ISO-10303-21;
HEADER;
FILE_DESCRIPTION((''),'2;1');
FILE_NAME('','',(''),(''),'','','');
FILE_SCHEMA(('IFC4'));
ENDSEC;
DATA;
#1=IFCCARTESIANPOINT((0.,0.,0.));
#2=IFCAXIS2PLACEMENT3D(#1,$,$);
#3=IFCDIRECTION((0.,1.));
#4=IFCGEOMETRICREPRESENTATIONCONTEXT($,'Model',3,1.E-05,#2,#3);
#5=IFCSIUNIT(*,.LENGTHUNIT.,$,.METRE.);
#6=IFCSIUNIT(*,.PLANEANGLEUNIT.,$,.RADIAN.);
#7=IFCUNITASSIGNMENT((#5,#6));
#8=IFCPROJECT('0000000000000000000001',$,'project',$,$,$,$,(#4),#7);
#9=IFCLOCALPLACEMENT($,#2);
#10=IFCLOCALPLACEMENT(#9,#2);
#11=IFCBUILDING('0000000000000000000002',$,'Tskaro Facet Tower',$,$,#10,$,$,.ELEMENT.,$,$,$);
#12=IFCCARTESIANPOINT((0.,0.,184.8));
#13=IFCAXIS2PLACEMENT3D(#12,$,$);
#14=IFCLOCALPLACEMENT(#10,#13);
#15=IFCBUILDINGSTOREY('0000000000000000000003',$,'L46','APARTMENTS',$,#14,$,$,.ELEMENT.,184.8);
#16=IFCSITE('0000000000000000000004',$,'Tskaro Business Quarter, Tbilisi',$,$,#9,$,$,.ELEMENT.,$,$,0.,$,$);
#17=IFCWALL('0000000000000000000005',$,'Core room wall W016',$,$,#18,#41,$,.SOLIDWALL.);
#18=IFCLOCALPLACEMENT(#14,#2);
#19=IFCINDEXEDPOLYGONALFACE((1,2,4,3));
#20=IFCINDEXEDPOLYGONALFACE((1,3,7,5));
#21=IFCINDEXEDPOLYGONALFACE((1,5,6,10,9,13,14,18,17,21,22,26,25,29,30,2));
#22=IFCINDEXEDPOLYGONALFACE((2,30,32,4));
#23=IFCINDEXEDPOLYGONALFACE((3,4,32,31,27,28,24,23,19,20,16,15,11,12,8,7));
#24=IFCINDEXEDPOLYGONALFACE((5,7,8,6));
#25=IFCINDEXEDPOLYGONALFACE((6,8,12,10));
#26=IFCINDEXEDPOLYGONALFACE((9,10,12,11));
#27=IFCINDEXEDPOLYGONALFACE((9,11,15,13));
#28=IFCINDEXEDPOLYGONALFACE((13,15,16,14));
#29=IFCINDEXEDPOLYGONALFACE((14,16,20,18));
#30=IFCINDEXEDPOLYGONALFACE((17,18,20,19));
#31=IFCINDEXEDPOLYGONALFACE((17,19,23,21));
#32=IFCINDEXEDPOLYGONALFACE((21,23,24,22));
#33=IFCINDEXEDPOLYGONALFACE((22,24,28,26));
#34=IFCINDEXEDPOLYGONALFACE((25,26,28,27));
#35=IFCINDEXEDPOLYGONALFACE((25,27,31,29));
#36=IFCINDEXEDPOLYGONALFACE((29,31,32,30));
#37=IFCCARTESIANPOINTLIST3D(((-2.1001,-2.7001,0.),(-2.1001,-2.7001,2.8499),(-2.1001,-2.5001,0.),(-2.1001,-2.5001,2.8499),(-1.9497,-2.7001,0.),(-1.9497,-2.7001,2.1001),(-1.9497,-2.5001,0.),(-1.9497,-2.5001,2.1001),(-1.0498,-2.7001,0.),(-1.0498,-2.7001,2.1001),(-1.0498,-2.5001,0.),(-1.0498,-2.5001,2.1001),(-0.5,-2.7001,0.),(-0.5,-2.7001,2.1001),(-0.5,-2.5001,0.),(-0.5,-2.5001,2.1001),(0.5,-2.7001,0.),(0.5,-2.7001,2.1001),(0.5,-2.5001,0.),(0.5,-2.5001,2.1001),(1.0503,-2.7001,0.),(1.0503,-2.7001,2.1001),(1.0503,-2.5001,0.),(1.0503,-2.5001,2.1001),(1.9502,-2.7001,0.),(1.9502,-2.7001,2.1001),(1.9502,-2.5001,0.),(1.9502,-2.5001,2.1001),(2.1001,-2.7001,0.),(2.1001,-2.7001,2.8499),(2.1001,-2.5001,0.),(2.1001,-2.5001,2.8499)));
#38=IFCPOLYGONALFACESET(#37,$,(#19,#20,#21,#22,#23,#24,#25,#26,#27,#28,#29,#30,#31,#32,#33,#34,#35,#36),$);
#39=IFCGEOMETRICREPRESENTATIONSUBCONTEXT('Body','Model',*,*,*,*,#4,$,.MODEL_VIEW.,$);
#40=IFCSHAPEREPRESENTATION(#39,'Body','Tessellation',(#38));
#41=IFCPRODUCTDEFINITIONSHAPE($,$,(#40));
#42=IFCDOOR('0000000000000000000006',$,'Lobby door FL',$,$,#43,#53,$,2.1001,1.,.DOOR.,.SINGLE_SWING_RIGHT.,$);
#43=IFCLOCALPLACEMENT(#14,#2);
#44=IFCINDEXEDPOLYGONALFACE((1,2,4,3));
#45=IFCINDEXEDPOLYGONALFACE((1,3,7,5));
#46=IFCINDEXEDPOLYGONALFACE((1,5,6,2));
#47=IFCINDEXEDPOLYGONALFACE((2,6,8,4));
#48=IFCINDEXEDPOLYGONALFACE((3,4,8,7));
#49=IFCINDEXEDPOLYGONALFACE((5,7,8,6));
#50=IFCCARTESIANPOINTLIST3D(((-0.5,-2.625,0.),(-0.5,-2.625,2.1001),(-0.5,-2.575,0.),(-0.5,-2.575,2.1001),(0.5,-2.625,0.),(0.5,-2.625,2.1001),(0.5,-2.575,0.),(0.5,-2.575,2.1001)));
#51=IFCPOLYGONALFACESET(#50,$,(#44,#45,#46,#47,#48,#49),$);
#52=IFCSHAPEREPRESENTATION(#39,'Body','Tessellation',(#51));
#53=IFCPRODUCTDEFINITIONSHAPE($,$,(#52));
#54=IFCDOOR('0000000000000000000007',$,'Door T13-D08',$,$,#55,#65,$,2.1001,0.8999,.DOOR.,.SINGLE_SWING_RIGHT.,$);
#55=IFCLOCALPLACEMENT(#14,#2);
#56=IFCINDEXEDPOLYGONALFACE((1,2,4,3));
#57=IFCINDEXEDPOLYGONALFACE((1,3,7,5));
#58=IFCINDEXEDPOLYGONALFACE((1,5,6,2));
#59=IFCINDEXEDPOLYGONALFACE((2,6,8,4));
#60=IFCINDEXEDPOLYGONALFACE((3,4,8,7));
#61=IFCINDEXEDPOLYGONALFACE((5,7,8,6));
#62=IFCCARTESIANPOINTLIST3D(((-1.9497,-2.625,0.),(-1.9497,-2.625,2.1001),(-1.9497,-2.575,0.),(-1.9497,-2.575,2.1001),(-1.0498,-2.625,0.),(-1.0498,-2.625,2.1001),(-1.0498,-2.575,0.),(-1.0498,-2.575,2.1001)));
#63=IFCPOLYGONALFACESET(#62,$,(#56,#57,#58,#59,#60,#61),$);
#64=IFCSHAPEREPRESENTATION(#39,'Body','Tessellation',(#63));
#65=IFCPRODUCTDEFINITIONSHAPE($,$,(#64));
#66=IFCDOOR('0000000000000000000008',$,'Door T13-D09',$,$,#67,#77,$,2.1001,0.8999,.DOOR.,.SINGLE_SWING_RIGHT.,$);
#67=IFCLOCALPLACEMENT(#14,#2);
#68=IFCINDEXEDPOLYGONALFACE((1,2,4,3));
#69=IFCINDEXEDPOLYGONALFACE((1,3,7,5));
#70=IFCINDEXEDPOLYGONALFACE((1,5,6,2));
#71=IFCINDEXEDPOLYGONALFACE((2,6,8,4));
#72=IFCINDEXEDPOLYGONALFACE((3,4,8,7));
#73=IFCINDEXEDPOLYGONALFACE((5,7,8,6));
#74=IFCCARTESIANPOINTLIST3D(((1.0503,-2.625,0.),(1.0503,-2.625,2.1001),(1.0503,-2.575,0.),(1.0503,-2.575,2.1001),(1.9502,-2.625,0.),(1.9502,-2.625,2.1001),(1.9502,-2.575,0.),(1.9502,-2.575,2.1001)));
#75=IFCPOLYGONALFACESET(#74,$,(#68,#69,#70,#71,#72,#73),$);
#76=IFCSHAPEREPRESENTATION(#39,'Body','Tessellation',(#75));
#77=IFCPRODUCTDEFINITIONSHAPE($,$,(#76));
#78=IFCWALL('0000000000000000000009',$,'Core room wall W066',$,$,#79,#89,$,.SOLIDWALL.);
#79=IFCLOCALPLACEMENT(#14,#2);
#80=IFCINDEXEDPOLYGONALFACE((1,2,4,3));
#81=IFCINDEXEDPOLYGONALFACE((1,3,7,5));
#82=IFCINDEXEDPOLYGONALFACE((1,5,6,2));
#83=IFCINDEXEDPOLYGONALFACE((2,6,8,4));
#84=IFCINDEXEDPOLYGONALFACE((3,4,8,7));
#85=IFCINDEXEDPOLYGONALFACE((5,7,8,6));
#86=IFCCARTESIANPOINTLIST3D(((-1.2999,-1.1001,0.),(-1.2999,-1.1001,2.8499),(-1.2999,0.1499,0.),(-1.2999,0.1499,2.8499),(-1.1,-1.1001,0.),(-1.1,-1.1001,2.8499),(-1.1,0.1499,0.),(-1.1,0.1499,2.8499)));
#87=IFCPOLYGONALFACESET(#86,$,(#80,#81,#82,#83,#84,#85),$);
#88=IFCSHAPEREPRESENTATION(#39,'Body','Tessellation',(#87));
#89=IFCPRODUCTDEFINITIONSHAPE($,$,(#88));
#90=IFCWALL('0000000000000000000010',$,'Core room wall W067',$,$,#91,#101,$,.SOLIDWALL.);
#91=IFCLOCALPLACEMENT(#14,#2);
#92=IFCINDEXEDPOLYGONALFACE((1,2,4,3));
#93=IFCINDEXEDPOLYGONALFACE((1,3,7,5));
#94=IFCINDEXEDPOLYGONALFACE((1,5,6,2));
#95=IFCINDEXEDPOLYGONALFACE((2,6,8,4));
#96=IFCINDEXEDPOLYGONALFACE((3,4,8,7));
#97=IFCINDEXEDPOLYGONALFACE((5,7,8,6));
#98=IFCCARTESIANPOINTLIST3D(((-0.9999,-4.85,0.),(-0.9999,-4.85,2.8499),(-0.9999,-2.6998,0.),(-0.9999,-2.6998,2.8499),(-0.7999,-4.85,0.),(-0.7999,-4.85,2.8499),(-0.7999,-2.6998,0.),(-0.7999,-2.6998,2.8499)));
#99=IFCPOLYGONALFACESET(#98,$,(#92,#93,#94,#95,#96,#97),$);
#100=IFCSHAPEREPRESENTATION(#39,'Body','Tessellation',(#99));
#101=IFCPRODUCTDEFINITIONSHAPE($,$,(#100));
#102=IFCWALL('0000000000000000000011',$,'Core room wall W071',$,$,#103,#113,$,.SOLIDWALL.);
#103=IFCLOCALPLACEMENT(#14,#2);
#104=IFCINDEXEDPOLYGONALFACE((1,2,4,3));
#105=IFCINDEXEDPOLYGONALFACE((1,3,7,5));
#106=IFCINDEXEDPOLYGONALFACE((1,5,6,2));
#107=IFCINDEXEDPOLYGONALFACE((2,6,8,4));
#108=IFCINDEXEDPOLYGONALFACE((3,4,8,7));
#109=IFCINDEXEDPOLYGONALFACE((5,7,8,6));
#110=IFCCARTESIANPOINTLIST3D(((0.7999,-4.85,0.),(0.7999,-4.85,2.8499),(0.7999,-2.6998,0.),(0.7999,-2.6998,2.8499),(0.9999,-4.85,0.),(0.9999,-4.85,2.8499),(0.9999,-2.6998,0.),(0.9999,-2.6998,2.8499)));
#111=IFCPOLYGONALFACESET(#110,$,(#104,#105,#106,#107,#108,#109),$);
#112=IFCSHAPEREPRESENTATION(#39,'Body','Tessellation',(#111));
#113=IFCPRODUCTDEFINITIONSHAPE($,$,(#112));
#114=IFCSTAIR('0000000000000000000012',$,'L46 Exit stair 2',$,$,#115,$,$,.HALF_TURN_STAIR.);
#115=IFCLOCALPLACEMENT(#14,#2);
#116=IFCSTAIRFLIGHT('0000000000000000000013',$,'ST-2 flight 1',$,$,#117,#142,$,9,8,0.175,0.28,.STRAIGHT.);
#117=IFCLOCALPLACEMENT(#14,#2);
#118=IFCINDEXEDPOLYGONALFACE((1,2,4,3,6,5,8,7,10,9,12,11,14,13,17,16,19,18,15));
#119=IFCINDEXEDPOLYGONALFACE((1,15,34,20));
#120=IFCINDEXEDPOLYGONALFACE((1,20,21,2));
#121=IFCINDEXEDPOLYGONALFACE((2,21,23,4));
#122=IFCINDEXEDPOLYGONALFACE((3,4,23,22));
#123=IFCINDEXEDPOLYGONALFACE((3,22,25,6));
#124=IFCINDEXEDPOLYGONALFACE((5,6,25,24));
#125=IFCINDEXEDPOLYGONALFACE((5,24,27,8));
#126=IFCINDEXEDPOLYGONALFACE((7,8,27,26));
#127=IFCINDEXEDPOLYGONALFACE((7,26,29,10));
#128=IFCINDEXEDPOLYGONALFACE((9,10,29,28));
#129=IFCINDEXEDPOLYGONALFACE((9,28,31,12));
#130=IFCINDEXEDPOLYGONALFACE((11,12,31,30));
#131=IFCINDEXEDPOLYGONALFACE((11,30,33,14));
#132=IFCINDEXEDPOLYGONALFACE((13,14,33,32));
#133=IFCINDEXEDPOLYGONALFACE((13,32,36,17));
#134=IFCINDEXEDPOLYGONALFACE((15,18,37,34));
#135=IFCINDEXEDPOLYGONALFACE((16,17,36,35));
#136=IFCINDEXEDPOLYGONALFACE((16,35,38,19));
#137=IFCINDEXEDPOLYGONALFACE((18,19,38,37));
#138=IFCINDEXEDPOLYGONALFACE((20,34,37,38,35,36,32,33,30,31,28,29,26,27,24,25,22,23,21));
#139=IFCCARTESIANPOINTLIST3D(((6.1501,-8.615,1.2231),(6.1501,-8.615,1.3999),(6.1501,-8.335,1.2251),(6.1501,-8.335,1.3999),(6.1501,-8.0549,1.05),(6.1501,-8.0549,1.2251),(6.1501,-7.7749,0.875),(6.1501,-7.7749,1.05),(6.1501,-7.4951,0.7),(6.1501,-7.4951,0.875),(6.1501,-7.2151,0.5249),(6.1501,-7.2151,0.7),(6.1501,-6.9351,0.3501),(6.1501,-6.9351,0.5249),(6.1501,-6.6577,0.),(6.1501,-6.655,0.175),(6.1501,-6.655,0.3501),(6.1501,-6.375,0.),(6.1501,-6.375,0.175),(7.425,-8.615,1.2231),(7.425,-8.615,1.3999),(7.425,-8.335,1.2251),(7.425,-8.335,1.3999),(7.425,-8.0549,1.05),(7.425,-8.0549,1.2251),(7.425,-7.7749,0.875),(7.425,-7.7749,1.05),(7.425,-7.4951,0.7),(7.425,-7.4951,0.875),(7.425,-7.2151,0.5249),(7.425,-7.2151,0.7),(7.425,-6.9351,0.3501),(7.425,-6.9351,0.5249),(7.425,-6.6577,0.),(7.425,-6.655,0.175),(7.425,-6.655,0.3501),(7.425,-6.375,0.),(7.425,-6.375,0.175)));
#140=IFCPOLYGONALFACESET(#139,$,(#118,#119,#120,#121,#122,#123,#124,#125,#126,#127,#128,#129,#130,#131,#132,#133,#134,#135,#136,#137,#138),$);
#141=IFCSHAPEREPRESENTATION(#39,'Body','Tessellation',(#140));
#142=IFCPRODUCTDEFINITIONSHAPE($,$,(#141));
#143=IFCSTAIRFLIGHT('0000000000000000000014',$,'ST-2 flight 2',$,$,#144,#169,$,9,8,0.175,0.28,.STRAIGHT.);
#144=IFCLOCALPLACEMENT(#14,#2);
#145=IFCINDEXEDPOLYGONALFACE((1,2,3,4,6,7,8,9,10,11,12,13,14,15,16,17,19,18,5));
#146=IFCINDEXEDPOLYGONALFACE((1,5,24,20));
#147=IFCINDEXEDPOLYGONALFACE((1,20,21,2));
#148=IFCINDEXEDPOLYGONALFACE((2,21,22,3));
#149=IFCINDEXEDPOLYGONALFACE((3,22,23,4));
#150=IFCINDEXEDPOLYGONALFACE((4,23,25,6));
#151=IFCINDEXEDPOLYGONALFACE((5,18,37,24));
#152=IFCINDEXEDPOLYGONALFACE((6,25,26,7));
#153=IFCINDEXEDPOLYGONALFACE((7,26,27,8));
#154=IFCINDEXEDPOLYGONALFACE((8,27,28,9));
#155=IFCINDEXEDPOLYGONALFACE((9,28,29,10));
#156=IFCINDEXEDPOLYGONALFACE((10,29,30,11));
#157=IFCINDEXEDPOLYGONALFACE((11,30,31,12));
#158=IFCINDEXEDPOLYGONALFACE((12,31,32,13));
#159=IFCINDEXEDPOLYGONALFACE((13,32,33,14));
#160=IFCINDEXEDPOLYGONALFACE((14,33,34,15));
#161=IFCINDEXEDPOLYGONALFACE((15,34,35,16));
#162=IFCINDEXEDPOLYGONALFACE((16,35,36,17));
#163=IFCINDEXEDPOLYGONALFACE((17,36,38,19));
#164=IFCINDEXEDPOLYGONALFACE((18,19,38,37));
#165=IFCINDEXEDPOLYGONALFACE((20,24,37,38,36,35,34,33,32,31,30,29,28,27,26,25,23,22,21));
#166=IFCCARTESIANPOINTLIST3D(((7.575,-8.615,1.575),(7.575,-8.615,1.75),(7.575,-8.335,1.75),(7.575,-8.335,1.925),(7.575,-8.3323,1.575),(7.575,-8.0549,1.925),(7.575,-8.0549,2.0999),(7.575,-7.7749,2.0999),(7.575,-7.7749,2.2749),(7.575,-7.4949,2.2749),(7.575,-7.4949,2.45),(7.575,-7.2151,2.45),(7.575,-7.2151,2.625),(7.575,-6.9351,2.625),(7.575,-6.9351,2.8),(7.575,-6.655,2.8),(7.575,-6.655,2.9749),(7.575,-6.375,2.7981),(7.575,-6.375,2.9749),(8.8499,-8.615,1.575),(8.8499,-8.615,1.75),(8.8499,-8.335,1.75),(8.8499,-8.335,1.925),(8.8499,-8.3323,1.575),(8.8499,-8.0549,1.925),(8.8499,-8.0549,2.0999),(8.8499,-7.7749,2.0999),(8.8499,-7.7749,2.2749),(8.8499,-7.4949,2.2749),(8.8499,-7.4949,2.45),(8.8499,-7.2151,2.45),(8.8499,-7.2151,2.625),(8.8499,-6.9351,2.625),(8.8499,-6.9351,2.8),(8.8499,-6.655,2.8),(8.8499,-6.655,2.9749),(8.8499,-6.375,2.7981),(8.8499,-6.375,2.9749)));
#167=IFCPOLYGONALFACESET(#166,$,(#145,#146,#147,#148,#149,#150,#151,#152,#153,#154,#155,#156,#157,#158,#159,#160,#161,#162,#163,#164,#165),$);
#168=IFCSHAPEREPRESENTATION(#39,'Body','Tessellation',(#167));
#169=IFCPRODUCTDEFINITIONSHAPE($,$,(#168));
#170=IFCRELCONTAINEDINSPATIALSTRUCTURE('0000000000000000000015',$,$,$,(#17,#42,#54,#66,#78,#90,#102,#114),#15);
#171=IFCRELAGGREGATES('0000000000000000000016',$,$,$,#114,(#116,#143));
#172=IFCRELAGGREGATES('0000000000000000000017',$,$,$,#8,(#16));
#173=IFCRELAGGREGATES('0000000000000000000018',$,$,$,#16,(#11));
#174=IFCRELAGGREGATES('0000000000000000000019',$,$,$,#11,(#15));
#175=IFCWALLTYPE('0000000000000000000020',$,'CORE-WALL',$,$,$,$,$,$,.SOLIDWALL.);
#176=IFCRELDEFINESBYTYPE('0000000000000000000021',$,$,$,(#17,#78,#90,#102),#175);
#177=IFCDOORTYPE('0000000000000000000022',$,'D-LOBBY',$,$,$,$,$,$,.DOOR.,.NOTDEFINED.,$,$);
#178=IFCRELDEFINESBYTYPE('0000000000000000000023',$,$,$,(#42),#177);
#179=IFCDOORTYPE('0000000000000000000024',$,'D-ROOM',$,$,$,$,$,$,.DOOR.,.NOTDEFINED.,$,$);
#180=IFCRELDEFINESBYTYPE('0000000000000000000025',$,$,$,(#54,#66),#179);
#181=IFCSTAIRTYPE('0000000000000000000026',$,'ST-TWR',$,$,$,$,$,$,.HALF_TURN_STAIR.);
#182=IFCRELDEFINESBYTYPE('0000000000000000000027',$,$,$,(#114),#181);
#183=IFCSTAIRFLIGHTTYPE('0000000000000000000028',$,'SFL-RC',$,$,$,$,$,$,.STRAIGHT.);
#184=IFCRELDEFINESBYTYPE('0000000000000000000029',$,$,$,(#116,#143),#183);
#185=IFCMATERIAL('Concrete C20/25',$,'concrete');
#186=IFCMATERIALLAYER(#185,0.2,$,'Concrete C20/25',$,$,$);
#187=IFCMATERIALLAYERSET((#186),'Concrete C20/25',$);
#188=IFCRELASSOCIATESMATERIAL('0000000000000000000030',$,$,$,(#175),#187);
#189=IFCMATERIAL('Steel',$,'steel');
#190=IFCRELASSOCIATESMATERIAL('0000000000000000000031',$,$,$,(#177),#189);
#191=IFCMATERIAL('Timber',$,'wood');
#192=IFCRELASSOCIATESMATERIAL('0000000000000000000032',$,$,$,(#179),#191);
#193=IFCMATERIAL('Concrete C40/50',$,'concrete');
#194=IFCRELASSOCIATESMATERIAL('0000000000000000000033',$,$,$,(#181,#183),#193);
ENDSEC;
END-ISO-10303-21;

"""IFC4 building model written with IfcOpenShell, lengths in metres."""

from ifc_helpers import new_model, si_unit, direction, frame, frame_2d, origin, place, context, subcontext, project, spatial, polyline, rectangle, outline, extrude, material, layer, layer_set, type_object, element, fill, aggregate, save


model = new_model("IFC4")

# Units and contexts
model_context = context("Model", 3, precision=1e-05, world=origin(), true_north=direction((0.0, 1.0)))
body_context = subcontext(model_context, "Body", "Model", "MODEL_VIEW")
ifc_project = project(units=[si_unit("LENGTHUNIT", "METRE"), si_unit("PLANEANGLEUNIT", "RADIAN")], contexts=[model_context])

# Site, building, storey
site_placement = place(None, origin())
site = spatial("IfcSite", under=ifc_project, at=site_placement, Name="Tskaro Business Quarter, Tbilisi", CompositionType="ELEMENT", RefElevation=0.0)
building_placement = place(site_placement, origin())
building = spatial("IfcBuilding", under=site, at=building_placement, Name="Tskaro Facet Tower", CompositionType="ELEMENT")
storey_placement = place(building_placement, frame((0.0, 0.0, 184.8)))
storey = spatial("IfcBuildingStorey", under=building, at=storey_placement, Name="L46", Description="APARTMENTS", CompositionType="ELEMENT", Elevation=184.8)

# Shared definitions
ifc_material_1 = material(Name="Steel", Category="steel")

# Shared definitions
ifc_material_2 = material(Name="Concrete C20/25", Category="concrete")
ifc_layer_1 = layer(ifc_material_2, 0.2, Name="Concrete C20/25")
ifc_layer_set_1 = layer_set([ifc_layer_1], Name="Concrete C20/25")
wall_type_1 = type_object("IfcWallType", Name="CORE-WALL", PredefinedType="SOLIDWALL", material=ifc_layer_set_1)

# Wall, openings, doors
wall_1_placement = place(storey_placement, frame((2.1001, -2.6001, 0.0), z_axis=(0.0, 0.0, 1.0), x_axis=(-1.0, 0.0, 0.0)))
wall_1 = element("IfcWall", 1, at=wall_1_placement, inside=storey, type_object=wall_type_1, Name="Core room wall W016", PredefinedType="SOLIDWALL", context=body_context, shape_type="SweptSolid", body=[
    extrude(rectangle(XDim=4.2002, YDim=0.2, at=frame_2d((2.1001, 0.0))), origin(), (0.0, 0.0, 1.0), 2.8499),
])
opening_1_placement = place(wall_1_placement, frame((1.6001, 0.0, 0.0)))
opening_1 = element("IfcOpeningElement", 2, at=opening_1_placement, cuts=wall_1, PredefinedType="OPENING", context=body_context, shape_type="SweptSolid", body=[
    extrude(rectangle(XDim=1.0, YDim=2.1001, at=frame_2d((0.5, 1.05))), frame((0.0, 0.1099, 0.0), z_axis=(0.0, -1.0, 0.0), x_axis=(1.0, 0.0, 0.0)), (0.0, 0.0, 1.0), 0.22),
])
opening_2_placement = place(wall_1_placement, frame((3.1499, 0.0, 0.0)))
opening_2 = element("IfcOpeningElement", 3, at=opening_2_placement, cuts=wall_1, PredefinedType="OPENING", context=body_context, shape_type="SweptSolid", body=[
    extrude(rectangle(XDim=0.8999, YDim=2.1001, at=frame_2d((0.45, 1.05))), frame((0.0, 0.1099, 0.0), z_axis=(0.0, -1.0, 0.0), x_axis=(1.0, 0.0, 0.0)), (0.0, 0.0, 1.0), 0.22),
])
opening_3_placement = place(wall_1_placement, frame((0.1499, 0.0, 0.0)))
opening_3 = element("IfcOpeningElement", 4, at=opening_3_placement, cuts=wall_1, PredefinedType="OPENING", context=body_context, shape_type="SweptSolid", body=[
    extrude(rectangle(XDim=0.8999, YDim=2.1001, at=frame_2d((0.45, 1.05))), frame((0.0, 0.1099, 0.0), z_axis=(0.0, -1.0, 0.0), x_axis=(1.0, 0.0, 0.0)), (0.0, 0.0, 1.0), 0.22),
])
door_type_1 = type_object("IfcDoorType", Name="D-LOBBY", OperationType="NOTDEFINED", PredefinedType="DOOR", material=ifc_material_1)
door_1_placement = place(opening_1_placement, origin())
door_1 = element("IfcDoor", 5, at=door_1_placement, inside=storey, type_object=door_type_1, Name="Lobby door FL", OperationType="SINGLE_SWING_RIGHT", OverallHeight=2.1001, OverallWidth=1.0, PredefinedType="DOOR", context=body_context, shape_type="SweptSolid", body=[
    extrude(rectangle(XDim=1.0, YDim=2.1001, at=frame_2d((0.5, 1.05))), frame((0.0, 0.0249, 0.0), z_axis=(0.0, -1.0, 0.0), x_axis=(1.0, 0.0, 0.0)), (0.0, 0.0, 1.0), 0.05),
])
fill(opening_1, door_1)
ifc_material_3 = material(Name="Timber", Category="wood")
door_type_2 = type_object("IfcDoorType", Name="D-ROOM", OperationType="NOTDEFINED", PredefinedType="DOOR", material=ifc_material_3)
door_2_placement = place(opening_2_placement, origin())
door_2 = element("IfcDoor", 6, at=door_2_placement, inside=storey, type_object=door_type_2, Name="Door T13-D08", OperationType="SINGLE_SWING_RIGHT", OverallHeight=2.1001, OverallWidth=0.8999, PredefinedType="DOOR", context=body_context, shape_type="SweptSolid", body=[
    extrude(rectangle(XDim=0.8999, YDim=2.1001, at=frame_2d((0.45, 1.05))), frame((0.0, 0.0249, 0.0), z_axis=(0.0, -1.0, 0.0), x_axis=(1.0, 0.0, 0.0)), (0.0, 0.0, 1.0), 0.05),
])
fill(opening_2, door_2)
door_3_placement = place(opening_3_placement, origin())
door_3 = element("IfcDoor", 7, at=door_3_placement, inside=storey, type_object=door_type_2, Name="Door T13-D09", OperationType="SINGLE_SWING_RIGHT", OverallHeight=2.1001, OverallWidth=0.8999, PredefinedType="DOOR", context=body_context, shape_type="SweptSolid", body=[
    extrude(rectangle(XDim=0.8999, YDim=2.1001, at=frame_2d((0.45, 1.05))), frame((0.0, 0.0249, 0.0), z_axis=(0.0, -1.0, 0.0), x_axis=(1.0, 0.0, 0.0)), (0.0, 0.0, 1.0), 0.05),
])
fill(opening_3, door_3)

# Walls
wall_2_placement = place(storey_placement, frame((-1.2, -1.1001, 0.0), z_axis=(0.0, 0.0, 1.0), x_axis=(0.0, 1.0, 0.0)))
element("IfcWall", 8, at=wall_2_placement, inside=storey, type_object=wall_type_1, Name="Core room wall W066", PredefinedType="SOLIDWALL", context=body_context, shape_type="SweptSolid", body=[
    extrude(rectangle(XDim=1.25, YDim=0.2, at=frame_2d((0.625, 0.0))), origin(), (0.0, 0.0, 1.0), 2.8499),
])
for number, where, z_axis, x_axis, name in (
    (9, (-0.8999, -4.8501, 0.0), (0.0, 0.0, 1.0), (0.0, 1.0, 0.0), "Core room wall W067"),
    (10, (0.8999, -4.8501, 0.0), (0.0, 0.0, 1.0), (0.0, 1.0, 0.0), "Core room wall W071"),
):
    element("IfcWall", number, at=place(storey_placement, frame(where, z_axis=z_axis, x_axis=x_axis)), inside=storey, type_object=wall_type_1, Name=name, PredefinedType="SOLIDWALL", context=body_context, shape_type="SweptSolid", body=[
        extrude(rectangle(XDim=2.1501, YDim=0.2, at=frame_2d((1.0752, 0.0))), origin(), (0.0, 0.0, 1.0), 2.8499),
    ])

# Stair, stair flights
ifc_material_4 = material(Name="Concrete C40/50", Category="concrete")
stair_type = type_object("IfcStairType", Name="ST-TWR", PredefinedType="HALF_TURN_STAIR", material=ifc_material_4)
stair_placement = place(storey_placement, origin())
stair = element("IfcStair", 11, at=stair_placement, inside=storey, type_object=stair_type, Name="L46 Exit stair 2", PredefinedType="HALF_TURN_STAIR")
stair_flight_type = type_object("IfcStairFlightType", Name="SFL-RC", PredefinedType="STRAIGHT", material=ifc_material_4)
stair_flight_1_placement = place(storey_placement, frame((6.7876, -6.375, 0.0), z_axis=(0.0, 0.0, 1.0), x_axis=(0.0, -1.0, 0.0)))
stair_flight_1 = element("IfcStairFlight", 12, at=stair_flight_1_placement, type_object=stair_flight_type, Name="ST-2 flight 1", NumberOfRisers=9, NumberOfTreads=8, PredefinedType="STRAIGHT", RiserHeight=0.175, TreadLength=0.28, context=body_context, shape_type="SweptSolid", body=[
    extrude(outline(polyline([(0.0, 0.0), (0.0, 0.175), (0.28, 0.175), (0.28, 0.3501), (0.5601, 0.3501), (0.5601, 0.5249), (0.8401, 0.5249), (0.8401, 0.7), (1.1201, 0.7), (1.1201, 0.875), (1.3999, 0.875), (1.3999, 1.05), (1.6799, 1.05), (1.6799, 1.2251), (1.96, 1.2251), (1.96, 1.3999), (2.24, 1.3999), (2.24, 1.575), (2.24, 1.2231), (0.2827, 0.0), (0.0, 0.0)])), frame((0.0, 0.6375, 0.0), z_axis=(0.0, -1.0, 0.0), x_axis=(1.0, 0.0, 0.0)), (0.0, 0.0, 1.0), 1.2749),
])
stair_flight_2_placement = place(storey_placement, frame((8.2124, -8.615, 1.575), z_axis=(0.0, 0.0, 1.0), x_axis=(0.0, 1.0, 0.0)))
stair_flight_2 = element("IfcStairFlight", 13, at=stair_flight_2_placement, type_object=stair_flight_type, Name="ST-2 flight 2", NumberOfRisers=9, NumberOfTreads=8, PredefinedType="STRAIGHT", RiserHeight=0.175, TreadLength=0.28, context=body_context, shape_type="SweptSolid", body=[
    extrude(outline(polyline([(0.0, 0.0), (0.0, 0.175), (0.28, 0.175), (0.28, 0.3501), (0.5601, 0.3501), (0.5601, 0.5249), (0.8401, 0.5249), (0.8401, 0.7), (1.1201, 0.7), (1.1201, 0.875), (1.3999, 0.875), (1.3999, 1.05), (1.6799, 1.05), (1.6799, 1.2251), (1.96, 1.2251), (1.96, 1.3999), (2.24, 1.3999), (2.24, 1.575), (2.24, 1.2231), (0.2827, 0.0), (0.0, 0.0)])), frame((0.0, 0.6375, 0.0), z_axis=(0.0, -1.0, 0.0), x_axis=(1.0, 0.0, 0.0)), (0.0, 0.0, 1.0), 1.2749),
])
aggregate(stair, [stair_flight_1, stair_flight_2])

save(model, "model.ifc")
